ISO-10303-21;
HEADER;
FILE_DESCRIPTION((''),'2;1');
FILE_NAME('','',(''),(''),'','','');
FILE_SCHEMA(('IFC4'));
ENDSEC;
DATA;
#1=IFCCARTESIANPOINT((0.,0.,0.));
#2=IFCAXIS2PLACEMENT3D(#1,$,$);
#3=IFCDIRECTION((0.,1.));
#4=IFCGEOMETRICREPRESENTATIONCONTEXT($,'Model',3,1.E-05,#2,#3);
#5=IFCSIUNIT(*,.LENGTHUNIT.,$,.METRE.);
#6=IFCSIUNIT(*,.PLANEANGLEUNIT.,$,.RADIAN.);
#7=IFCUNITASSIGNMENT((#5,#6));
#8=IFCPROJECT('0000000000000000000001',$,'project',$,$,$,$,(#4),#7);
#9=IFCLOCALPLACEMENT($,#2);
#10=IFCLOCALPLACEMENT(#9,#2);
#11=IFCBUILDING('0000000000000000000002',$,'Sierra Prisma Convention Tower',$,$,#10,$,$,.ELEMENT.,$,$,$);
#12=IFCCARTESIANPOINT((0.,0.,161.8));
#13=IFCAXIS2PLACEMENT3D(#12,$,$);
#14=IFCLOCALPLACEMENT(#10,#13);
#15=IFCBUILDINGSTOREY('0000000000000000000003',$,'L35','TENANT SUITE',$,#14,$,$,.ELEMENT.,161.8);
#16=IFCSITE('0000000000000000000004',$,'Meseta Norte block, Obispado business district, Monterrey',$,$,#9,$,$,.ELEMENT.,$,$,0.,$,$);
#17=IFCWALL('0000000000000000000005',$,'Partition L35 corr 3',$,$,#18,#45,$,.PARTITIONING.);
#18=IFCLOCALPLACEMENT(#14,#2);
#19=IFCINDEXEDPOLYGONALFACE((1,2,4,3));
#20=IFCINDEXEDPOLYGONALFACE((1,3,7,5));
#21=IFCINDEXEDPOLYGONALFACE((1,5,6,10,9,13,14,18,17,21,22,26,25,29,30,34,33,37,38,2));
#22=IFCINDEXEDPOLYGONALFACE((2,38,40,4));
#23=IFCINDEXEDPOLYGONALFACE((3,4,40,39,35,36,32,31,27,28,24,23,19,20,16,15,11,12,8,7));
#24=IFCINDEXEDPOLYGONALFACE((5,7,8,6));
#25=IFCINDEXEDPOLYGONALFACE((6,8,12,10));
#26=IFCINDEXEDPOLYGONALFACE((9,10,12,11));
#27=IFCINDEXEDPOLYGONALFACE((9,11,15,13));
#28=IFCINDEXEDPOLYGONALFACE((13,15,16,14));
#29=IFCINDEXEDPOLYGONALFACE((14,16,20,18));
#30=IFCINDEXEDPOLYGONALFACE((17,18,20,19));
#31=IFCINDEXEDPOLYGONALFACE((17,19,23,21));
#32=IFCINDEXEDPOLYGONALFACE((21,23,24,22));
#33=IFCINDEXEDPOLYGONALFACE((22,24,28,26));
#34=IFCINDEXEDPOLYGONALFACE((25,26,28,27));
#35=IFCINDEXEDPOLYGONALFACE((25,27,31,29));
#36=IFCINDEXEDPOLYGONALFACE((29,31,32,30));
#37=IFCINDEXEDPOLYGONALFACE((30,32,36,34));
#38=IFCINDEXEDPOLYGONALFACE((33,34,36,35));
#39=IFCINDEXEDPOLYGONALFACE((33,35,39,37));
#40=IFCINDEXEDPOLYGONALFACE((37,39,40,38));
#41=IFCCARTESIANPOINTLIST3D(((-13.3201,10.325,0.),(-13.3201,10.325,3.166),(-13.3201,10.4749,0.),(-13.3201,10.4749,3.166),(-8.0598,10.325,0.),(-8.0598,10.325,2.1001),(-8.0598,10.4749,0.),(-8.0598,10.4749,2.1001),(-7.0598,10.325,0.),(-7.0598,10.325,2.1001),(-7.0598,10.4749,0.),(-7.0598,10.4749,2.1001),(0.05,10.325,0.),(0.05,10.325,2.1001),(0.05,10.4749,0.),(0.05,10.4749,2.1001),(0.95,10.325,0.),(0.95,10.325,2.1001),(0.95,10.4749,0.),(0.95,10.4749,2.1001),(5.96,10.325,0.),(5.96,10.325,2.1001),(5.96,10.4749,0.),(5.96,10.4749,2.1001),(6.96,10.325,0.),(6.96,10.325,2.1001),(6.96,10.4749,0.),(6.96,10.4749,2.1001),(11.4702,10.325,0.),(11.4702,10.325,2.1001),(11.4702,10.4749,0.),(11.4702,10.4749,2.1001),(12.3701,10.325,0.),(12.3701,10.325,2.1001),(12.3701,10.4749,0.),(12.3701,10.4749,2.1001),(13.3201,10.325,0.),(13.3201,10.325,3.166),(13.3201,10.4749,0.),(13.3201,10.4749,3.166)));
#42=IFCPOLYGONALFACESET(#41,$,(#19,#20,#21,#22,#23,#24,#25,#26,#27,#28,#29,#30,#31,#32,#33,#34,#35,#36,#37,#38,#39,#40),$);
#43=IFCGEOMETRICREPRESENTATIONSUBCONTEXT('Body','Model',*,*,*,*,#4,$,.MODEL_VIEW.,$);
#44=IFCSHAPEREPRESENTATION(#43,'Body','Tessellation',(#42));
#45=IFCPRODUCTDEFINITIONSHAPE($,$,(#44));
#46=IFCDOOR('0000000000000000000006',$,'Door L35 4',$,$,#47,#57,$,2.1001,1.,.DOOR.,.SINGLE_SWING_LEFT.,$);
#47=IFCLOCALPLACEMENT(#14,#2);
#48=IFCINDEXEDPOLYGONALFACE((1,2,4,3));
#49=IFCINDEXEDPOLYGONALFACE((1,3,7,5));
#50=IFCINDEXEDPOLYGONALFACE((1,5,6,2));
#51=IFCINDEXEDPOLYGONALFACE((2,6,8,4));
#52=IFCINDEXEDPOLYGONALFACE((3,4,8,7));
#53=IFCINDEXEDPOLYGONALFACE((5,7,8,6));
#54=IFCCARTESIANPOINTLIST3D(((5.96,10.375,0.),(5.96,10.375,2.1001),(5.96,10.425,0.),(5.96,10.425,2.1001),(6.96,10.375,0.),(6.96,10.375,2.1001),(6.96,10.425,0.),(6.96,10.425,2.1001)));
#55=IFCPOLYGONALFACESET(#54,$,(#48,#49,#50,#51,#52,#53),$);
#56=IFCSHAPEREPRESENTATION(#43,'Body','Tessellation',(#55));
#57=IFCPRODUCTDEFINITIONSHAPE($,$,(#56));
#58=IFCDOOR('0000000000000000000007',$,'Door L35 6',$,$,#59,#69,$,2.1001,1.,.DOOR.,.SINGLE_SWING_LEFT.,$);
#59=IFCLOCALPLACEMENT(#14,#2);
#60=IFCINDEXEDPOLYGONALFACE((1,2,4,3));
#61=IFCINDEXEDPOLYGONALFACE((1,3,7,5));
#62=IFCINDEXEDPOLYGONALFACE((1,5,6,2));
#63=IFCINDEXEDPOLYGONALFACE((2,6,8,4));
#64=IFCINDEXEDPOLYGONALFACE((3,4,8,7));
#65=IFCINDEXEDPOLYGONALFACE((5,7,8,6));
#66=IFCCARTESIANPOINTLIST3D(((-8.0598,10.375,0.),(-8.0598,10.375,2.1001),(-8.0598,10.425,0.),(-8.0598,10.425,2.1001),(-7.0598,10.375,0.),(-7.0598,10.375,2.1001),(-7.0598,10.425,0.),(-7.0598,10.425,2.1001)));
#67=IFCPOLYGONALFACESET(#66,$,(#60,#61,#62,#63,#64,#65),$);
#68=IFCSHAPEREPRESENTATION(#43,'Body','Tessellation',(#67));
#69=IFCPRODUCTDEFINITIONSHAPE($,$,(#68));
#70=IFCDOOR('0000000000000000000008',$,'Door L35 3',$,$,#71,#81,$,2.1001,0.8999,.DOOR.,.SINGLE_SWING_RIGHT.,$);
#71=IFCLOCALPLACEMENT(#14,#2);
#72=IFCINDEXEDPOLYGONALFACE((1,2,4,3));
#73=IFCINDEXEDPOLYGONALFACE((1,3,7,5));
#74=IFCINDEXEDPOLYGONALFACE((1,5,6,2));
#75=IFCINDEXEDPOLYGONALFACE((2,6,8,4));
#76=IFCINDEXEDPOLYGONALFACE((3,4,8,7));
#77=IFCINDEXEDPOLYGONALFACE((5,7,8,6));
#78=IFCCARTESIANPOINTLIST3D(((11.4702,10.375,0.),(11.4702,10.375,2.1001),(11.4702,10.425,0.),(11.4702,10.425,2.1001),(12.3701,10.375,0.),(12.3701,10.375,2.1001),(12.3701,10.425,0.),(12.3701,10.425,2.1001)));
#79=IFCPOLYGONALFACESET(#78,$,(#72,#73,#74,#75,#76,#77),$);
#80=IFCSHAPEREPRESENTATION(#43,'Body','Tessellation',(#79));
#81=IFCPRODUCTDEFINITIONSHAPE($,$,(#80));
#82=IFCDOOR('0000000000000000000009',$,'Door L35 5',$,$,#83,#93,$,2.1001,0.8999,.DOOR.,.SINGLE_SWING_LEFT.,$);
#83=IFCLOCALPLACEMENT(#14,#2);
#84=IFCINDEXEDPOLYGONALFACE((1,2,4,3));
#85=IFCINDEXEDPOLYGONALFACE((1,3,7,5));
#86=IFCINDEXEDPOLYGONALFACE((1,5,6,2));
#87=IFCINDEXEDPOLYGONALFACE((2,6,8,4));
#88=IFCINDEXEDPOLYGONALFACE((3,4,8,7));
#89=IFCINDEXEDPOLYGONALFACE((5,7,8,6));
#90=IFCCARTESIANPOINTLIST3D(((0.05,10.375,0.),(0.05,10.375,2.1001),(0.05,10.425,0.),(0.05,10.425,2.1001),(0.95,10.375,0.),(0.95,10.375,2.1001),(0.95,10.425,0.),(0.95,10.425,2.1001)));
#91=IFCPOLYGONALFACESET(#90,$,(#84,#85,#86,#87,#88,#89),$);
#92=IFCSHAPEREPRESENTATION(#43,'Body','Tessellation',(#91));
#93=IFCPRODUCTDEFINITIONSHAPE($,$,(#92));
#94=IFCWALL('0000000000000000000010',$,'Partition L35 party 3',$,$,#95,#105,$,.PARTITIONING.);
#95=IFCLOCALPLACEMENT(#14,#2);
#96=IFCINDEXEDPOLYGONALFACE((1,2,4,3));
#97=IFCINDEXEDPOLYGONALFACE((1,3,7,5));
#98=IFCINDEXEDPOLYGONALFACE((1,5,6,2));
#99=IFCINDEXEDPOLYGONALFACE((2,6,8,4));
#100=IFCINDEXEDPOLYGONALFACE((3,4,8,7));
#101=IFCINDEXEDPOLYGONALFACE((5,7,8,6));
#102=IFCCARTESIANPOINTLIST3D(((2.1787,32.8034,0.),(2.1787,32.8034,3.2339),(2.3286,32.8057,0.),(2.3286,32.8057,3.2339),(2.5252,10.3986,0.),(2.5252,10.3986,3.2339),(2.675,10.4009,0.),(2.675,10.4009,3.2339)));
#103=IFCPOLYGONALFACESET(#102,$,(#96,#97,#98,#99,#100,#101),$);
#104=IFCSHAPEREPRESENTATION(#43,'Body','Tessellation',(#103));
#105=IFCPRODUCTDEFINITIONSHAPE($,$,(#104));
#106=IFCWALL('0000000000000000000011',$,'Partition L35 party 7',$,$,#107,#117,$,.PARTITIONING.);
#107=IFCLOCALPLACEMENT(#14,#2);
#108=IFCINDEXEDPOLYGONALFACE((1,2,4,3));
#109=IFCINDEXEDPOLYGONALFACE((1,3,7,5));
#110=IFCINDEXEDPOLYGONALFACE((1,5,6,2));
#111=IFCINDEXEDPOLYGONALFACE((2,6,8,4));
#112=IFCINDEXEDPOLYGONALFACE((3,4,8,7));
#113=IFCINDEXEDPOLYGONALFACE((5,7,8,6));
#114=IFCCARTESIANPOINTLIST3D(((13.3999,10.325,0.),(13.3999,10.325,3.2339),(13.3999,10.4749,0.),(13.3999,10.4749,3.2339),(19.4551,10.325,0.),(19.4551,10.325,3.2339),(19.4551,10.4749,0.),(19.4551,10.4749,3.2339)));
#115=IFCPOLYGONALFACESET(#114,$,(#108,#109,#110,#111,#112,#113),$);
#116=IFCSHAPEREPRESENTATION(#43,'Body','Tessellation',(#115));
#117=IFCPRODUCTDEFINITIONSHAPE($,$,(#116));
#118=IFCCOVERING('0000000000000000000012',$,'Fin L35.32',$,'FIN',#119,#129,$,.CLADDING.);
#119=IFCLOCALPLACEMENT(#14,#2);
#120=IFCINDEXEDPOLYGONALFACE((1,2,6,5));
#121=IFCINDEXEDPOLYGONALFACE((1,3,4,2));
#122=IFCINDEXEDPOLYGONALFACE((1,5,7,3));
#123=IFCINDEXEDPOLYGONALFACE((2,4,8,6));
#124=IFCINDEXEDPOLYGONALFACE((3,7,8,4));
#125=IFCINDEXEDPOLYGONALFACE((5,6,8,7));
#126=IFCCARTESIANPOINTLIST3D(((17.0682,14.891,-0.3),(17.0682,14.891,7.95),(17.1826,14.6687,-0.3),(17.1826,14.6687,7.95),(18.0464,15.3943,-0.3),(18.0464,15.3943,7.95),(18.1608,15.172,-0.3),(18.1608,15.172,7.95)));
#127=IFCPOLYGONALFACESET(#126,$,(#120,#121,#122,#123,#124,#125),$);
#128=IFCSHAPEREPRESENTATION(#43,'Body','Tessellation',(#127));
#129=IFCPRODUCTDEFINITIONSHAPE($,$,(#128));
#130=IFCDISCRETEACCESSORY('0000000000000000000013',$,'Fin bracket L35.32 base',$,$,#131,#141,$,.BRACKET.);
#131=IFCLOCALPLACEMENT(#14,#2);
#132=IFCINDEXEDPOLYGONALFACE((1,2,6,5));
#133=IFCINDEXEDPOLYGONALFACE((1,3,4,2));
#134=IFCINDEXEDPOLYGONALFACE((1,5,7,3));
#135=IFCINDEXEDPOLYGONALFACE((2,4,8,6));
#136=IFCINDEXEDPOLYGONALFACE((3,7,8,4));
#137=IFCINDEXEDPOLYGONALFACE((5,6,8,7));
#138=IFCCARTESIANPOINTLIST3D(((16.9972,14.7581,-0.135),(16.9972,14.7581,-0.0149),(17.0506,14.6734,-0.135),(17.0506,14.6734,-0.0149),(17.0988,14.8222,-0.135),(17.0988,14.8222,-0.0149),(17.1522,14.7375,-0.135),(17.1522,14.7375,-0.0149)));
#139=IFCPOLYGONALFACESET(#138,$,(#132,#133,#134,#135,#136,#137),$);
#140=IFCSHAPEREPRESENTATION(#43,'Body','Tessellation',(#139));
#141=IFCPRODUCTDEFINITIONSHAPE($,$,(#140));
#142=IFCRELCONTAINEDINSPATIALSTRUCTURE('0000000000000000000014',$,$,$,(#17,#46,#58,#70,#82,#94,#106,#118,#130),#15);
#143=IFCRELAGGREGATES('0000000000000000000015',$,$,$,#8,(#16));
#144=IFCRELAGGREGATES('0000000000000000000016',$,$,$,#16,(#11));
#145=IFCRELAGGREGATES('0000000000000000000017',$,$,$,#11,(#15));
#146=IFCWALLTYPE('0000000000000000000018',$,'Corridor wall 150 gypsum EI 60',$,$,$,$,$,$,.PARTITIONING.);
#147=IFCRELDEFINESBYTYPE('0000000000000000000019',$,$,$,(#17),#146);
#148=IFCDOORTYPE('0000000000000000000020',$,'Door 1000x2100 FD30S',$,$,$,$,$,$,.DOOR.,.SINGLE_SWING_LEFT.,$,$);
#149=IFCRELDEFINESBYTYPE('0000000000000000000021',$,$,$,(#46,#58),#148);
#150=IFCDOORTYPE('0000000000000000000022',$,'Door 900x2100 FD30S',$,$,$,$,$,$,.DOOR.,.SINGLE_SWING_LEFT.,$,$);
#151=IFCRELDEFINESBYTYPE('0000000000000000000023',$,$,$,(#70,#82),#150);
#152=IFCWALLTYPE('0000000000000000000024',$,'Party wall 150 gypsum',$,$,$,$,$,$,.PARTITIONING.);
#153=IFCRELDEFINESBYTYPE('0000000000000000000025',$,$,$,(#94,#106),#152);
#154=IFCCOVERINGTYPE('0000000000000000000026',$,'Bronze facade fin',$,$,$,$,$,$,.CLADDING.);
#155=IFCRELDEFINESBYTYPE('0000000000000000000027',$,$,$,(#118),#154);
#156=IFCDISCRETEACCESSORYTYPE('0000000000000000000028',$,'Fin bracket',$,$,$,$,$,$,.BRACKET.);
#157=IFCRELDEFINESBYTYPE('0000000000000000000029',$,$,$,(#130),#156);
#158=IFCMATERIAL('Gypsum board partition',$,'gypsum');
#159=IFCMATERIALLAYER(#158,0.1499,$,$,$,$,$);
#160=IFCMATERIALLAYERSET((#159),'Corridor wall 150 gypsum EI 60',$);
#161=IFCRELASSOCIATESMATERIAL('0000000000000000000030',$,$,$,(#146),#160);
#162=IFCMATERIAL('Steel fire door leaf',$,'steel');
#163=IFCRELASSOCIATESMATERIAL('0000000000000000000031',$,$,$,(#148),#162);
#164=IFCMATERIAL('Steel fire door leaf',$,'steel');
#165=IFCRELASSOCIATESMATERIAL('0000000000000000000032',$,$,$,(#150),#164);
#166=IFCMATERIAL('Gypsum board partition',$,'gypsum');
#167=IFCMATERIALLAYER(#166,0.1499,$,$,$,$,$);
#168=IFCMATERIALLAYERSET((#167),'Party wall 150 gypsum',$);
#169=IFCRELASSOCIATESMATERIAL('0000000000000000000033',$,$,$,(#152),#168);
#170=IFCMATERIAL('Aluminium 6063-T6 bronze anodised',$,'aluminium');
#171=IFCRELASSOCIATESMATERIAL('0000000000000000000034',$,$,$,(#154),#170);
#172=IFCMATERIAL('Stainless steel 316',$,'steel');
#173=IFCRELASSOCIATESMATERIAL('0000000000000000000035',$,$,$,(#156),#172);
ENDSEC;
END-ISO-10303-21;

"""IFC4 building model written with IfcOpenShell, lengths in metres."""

from ifc_helpers import new_model, si_unit, direction, frame, frame_2d, origin, origin_2d, place, context, subcontext, project, spatial, rectangle, extrude, material, layer, layer_set, material_profile, profile_set, type_object, element, fill, save


model = new_model("IFC4")

# Units and contexts
model_context = context("Model", 3, precision=1e-05, world=origin(), true_north=direction((0.0, 1.0)))
body_context = subcontext(model_context, "Body", "Model", "MODEL_VIEW")
ifc_project = project(units=[si_unit("LENGTHUNIT", "METRE"), si_unit("PLANEANGLEUNIT", "RADIAN")], contexts=[model_context])

# Site, building, storey
site_placement = place(None, origin())
site = spatial("IfcSite", under=ifc_project, at=site_placement, Name="Meseta Norte block, Obispado business district, Monterrey", CompositionType="ELEMENT", RefElevation=0.0)
building_placement = place(site_placement, origin())
building = spatial("IfcBuilding", under=site, at=building_placement, Name="Sierra Prisma Convention Tower", CompositionType="ELEMENT")
storey_placement = place(building_placement, frame((0.0, 0.0, 161.8)))
storey = spatial("IfcBuildingStorey", under=building, at=storey_placement, Name="L35", Description="TENANT SUITE", CompositionType="ELEMENT", Elevation=161.8)

# Wall, openings, doors
ifc_material_1 = material(Name="Gypsum board partition", Category="gypsum")
ifc_layer_1 = layer(ifc_material_1, 0.1499)
ifc_layer_set_1 = layer_set([ifc_layer_1], Name="Corridor wall 150 gypsum EI 60")
wall_type_1 = type_object("IfcWallType", Name="Corridor wall 150 gypsum EI 60", PredefinedType="PARTITIONING", material=ifc_layer_set_1)
wall_1_placement = place(storey_placement, frame((13.3201, 10.3999, 0.0), z_axis=(0.0, 0.0, 1.0), x_axis=(-1.0, 0.0, 0.0)))
wall_1 = element("IfcWall", 1, at=wall_1_placement, inside=storey, type_object=wall_type_1, Name="Partition L35 corr 3", PredefinedType="PARTITIONING", context=body_context, shape_type="SweptSolid", body=[
    extrude(rectangle(XDim=26.6401, YDim=0.1499, at=frame_2d((13.3201, 0.0))), origin(), (0.0, 0.0, 1.0), 3.166),
])
opening_1_placement = place(wall_1_placement, frame((0.95, 0.0, 0.0)))
opening_1 = element("IfcOpeningElement", 2, at=opening_1_placement, cuts=wall_1, PredefinedType="OPENING", context=body_context, shape_type="SweptSolid", body=[
    extrude(rectangle(XDim=0.8999, YDim=2.1001, at=frame_2d((0.45, 1.05))), frame((0.0, 0.075, 0.0), z_axis=(0.0, -1.0, 0.0), x_axis=(1.0, 0.0, 0.0)), (0.0, 0.0, 1.0), 0.1499),
])
opening_2_placement = place(wall_1_placement, frame((6.3601, 0.0, 0.0)))
opening_2 = element("IfcOpeningElement", 3, at=opening_2_placement, cuts=wall_1, PredefinedType="OPENING", context=body_context, shape_type="SweptSolid", body=[
    extrude(rectangle(XDim=1.0, YDim=2.1001, at=frame_2d((0.5, 1.05))), frame((0.0, 0.075, 0.0), z_axis=(0.0, -1.0, 0.0), x_axis=(1.0, 0.0, 0.0)), (0.0, 0.0, 1.0), 0.1499),
])
opening_3_placement = place(wall_1_placement, frame((12.3701, 0.0, 0.0)))
opening_3 = element("IfcOpeningElement", 4, at=opening_3_placement, cuts=wall_1, PredefinedType="OPENING", context=body_context, shape_type="SweptSolid", body=[
    extrude(rectangle(XDim=0.8999, YDim=2.1001, at=frame_2d((0.45, 1.05))), frame((0.0, 0.075, 0.0), z_axis=(0.0, -1.0, 0.0), x_axis=(1.0, 0.0, 0.0)), (0.0, 0.0, 1.0), 0.1499),
])
opening_4_placement = place(wall_1_placement, frame((20.3799, 0.0, 0.0)))
opening_4 = element("IfcOpeningElement", 5, at=opening_4_placement, cuts=wall_1, PredefinedType="OPENING", context=body_context, shape_type="SweptSolid", body=[
    extrude(rectangle(XDim=1.0, YDim=2.1001, at=frame_2d((0.5, 1.05))), frame((0.0, 0.075, 0.0), z_axis=(0.0, -1.0, 0.0), x_axis=(1.0, 0.0, 0.0)), (0.0, 0.0, 1.0), 0.1499),
])
ifc_material_2 = material(Name="Steel fire door leaf", Category="steel")
door_type_1 = type_object("IfcDoorType", Name="Door 1000x2100 FD30S", OperationType="SINGLE_SWING_LEFT", PredefinedType="DOOR", material=ifc_material_2)
door_1_placement = place(opening_2_placement, origin())
door_1 = element("IfcDoor", 6, at=door_1_placement, inside=storey, type_object=door_type_1, Name="Door L35 4", OperationType="SINGLE_SWING_LEFT", OverallHeight=2.1001, OverallWidth=1.0, PredefinedType="DOOR", context=body_context, shape_type="SweptSolid", body=[
    extrude(rectangle(XDim=1.0, YDim=2.1001, at=frame_2d((0.5, 1.05))), frame((0.0, 0.0249, 0.0), z_axis=(0.0, -1.0, 0.0), x_axis=(1.0, 0.0, 0.0)), (0.0, 0.0, 1.0), 0.05),
])
fill(opening_2, door_1)
door_2_placement = place(opening_4_placement, origin())
door_2 = element("IfcDoor", 7, at=door_2_placement, inside=storey, type_object=door_type_1, Name="Door L35 6", OperationType="SINGLE_SWING_LEFT", OverallHeight=2.1001, OverallWidth=1.0, PredefinedType="DOOR", context=body_context, shape_type="SweptSolid", body=[
    extrude(rectangle(XDim=1.0, YDim=2.1001, at=frame_2d((0.5, 1.05))), frame((0.0, 0.0249, 0.0), z_axis=(0.0, -1.0, 0.0), x_axis=(1.0, 0.0, 0.0)), (0.0, 0.0, 1.0), 0.05),
])
fill(opening_4, door_2)
ifc_material_3 = material(Name="Steel fire door leaf", Category="steel")
door_type_2 = type_object("IfcDoorType", Name="Door 900x2100 FD30S", OperationType="SINGLE_SWING_LEFT", PredefinedType="DOOR", material=ifc_material_3)
door_3_placement = place(opening_1_placement, origin())
door_3 = element("IfcDoor", 8, at=door_3_placement, inside=storey, type_object=door_type_2, Name="Door L35 3", OperationType="SINGLE_SWING_RIGHT", OverallHeight=2.1001, OverallWidth=0.8999, PredefinedType="DOOR", context=body_context, shape_type="SweptSolid", body=[
    extrude(rectangle(XDim=0.8999, YDim=2.1001, at=frame_2d((0.45, 1.05))), frame((0.0, 0.0249, 0.0), z_axis=(0.0, -1.0, 0.0), x_axis=(1.0, 0.0, 0.0)), (0.0, 0.0, 1.0), 0.05),
])
fill(opening_1, door_3)
door_4_placement = place(opening_3_placement, origin())
door_4 = element("IfcDoor", 9, at=door_4_placement, inside=storey, type_object=door_type_2, Name="Door L35 5", OperationType="SINGLE_SWING_LEFT", OverallHeight=2.1001, OverallWidth=0.8999, PredefinedType="DOOR", context=body_context, shape_type="SweptSolid", body=[
    extrude(rectangle(XDim=0.8999, YDim=2.1001, at=frame_2d((0.45, 1.05))), frame((0.0, 0.0249, 0.0), z_axis=(0.0, -1.0, 0.0), x_axis=(1.0, 0.0, 0.0)), (0.0, 0.0, 1.0), 0.05),
])
fill(opening_3, door_4)

# Walls
ifc_material_4 = material(Name="Gypsum board partition", Category="gypsum")
ifc_layer_2 = layer(ifc_material_4, 0.1499)
ifc_layer_set_2 = layer_set([ifc_layer_2], Name="Party wall 150 gypsum")
wall_type_2 = type_object("IfcWallType", Name="Party wall 150 gypsum", PredefinedType="PARTITIONING", material=ifc_layer_set_2)
wall_2_placement = place(storey_placement, frame((2.6001, 10.3999, 0.0), z_axis=(0.0, 0.0, 1.0), x_axis=(-0.015461, 0.99988, 0.0)))
element("IfcWall", 10, at=wall_2_placement, inside=storey, type_object=wall_type_2, Name="Partition L35 party 3", PredefinedType="PARTITIONING", context=body_context, shape_type="SweptSolid", body=[
    extrude(rectangle(XDim=22.4075, YDim=0.1499, at=frame_2d((11.2036, 0.0))), origin(), (0.0, 0.0, 1.0), 3.2339),
])
wall_3_placement = place(storey_placement, frame((13.3999, 10.3999, 0.0), z_axis=(0.0, 0.0, 1.0), x_axis=(1.0, 0.0, 0.0)))
element("IfcWall", 11, at=wall_3_placement, inside=storey, type_object=wall_type_2, Name="Partition L35 party 7", PredefinedType="PARTITIONING", context=body_context, shape_type="SweptSolid", body=[
    extrude(rectangle(XDim=6.0552, YDim=0.1499, at=frame_2d((3.0276, 0.0))), origin(), (0.0, 0.0, 1.0), 3.2339),
])

# Covering
ifc_material_5 = material(Name="Aluminium 6063-T6 bronze anodised", Category="aluminium")
ifc_material_profile_1 = material_profile(ifc_material_5, rectangle(XDim=1.1001, YDim=0.25, at=origin_2d()), Name="ALU FIN 1100x250")
ifc_profile_set_1 = profile_set([ifc_material_profile_1], Name="Aluminium 6063-T6 bronze anodised")
covering_type = type_object("IfcCoveringType", Name="Bronze facade fin", PredefinedType="CLADDING", material=ifc_profile_set_1)
covering_placement = place(storey_placement, frame((17.6145, 15.0315, -0.3), z_axis=(0.0, 0.0, 1.0), x_axis=(0.88921, 0.457499, 0.0)))
element("IfcCovering", 12, at=covering_placement, inside=storey, type_object=covering_type, Name="Fin L35.32", ObjectType="FIN", PredefinedType="CLADDING", context=body_context, shape_type="SweptSolid", body=[
    extrude(rectangle(XDim=1.1001, YDim=0.25, at=origin_2d()), origin(), (0.0, 0.0, 1.0), 8.25),
])

# Discrete accessory
ifc_material_6 = material(Name="Stainless steel 316", Category="steel")
discrete_accessory_type = type_object("IfcDiscreteAccessoryType", Name="Fin bracket", PredefinedType="BRACKET", material=ifc_material_6)
discrete_accessory_placement = place(storey_placement, frame((17.0747, 14.7478, -0.135), z_axis=(0.0, 0.0, 1.0), x_axis=(0.845953, 0.533258, 0.0)))
element("IfcDiscreteAccessory", 13, at=discrete_accessory_placement, inside=storey, type_object=discrete_accessory_type, Name="Fin bracket L35.32 base", PredefinedType="BRACKET", context=body_context, shape_type="SweptSolid", body=[
    extrude(rectangle(XDim=0.1201, YDim=0.1001, at=origin_2d()), origin(), (0.0, 0.0, 1.0), 0.1201),
])

save(model, "model.ifc")
